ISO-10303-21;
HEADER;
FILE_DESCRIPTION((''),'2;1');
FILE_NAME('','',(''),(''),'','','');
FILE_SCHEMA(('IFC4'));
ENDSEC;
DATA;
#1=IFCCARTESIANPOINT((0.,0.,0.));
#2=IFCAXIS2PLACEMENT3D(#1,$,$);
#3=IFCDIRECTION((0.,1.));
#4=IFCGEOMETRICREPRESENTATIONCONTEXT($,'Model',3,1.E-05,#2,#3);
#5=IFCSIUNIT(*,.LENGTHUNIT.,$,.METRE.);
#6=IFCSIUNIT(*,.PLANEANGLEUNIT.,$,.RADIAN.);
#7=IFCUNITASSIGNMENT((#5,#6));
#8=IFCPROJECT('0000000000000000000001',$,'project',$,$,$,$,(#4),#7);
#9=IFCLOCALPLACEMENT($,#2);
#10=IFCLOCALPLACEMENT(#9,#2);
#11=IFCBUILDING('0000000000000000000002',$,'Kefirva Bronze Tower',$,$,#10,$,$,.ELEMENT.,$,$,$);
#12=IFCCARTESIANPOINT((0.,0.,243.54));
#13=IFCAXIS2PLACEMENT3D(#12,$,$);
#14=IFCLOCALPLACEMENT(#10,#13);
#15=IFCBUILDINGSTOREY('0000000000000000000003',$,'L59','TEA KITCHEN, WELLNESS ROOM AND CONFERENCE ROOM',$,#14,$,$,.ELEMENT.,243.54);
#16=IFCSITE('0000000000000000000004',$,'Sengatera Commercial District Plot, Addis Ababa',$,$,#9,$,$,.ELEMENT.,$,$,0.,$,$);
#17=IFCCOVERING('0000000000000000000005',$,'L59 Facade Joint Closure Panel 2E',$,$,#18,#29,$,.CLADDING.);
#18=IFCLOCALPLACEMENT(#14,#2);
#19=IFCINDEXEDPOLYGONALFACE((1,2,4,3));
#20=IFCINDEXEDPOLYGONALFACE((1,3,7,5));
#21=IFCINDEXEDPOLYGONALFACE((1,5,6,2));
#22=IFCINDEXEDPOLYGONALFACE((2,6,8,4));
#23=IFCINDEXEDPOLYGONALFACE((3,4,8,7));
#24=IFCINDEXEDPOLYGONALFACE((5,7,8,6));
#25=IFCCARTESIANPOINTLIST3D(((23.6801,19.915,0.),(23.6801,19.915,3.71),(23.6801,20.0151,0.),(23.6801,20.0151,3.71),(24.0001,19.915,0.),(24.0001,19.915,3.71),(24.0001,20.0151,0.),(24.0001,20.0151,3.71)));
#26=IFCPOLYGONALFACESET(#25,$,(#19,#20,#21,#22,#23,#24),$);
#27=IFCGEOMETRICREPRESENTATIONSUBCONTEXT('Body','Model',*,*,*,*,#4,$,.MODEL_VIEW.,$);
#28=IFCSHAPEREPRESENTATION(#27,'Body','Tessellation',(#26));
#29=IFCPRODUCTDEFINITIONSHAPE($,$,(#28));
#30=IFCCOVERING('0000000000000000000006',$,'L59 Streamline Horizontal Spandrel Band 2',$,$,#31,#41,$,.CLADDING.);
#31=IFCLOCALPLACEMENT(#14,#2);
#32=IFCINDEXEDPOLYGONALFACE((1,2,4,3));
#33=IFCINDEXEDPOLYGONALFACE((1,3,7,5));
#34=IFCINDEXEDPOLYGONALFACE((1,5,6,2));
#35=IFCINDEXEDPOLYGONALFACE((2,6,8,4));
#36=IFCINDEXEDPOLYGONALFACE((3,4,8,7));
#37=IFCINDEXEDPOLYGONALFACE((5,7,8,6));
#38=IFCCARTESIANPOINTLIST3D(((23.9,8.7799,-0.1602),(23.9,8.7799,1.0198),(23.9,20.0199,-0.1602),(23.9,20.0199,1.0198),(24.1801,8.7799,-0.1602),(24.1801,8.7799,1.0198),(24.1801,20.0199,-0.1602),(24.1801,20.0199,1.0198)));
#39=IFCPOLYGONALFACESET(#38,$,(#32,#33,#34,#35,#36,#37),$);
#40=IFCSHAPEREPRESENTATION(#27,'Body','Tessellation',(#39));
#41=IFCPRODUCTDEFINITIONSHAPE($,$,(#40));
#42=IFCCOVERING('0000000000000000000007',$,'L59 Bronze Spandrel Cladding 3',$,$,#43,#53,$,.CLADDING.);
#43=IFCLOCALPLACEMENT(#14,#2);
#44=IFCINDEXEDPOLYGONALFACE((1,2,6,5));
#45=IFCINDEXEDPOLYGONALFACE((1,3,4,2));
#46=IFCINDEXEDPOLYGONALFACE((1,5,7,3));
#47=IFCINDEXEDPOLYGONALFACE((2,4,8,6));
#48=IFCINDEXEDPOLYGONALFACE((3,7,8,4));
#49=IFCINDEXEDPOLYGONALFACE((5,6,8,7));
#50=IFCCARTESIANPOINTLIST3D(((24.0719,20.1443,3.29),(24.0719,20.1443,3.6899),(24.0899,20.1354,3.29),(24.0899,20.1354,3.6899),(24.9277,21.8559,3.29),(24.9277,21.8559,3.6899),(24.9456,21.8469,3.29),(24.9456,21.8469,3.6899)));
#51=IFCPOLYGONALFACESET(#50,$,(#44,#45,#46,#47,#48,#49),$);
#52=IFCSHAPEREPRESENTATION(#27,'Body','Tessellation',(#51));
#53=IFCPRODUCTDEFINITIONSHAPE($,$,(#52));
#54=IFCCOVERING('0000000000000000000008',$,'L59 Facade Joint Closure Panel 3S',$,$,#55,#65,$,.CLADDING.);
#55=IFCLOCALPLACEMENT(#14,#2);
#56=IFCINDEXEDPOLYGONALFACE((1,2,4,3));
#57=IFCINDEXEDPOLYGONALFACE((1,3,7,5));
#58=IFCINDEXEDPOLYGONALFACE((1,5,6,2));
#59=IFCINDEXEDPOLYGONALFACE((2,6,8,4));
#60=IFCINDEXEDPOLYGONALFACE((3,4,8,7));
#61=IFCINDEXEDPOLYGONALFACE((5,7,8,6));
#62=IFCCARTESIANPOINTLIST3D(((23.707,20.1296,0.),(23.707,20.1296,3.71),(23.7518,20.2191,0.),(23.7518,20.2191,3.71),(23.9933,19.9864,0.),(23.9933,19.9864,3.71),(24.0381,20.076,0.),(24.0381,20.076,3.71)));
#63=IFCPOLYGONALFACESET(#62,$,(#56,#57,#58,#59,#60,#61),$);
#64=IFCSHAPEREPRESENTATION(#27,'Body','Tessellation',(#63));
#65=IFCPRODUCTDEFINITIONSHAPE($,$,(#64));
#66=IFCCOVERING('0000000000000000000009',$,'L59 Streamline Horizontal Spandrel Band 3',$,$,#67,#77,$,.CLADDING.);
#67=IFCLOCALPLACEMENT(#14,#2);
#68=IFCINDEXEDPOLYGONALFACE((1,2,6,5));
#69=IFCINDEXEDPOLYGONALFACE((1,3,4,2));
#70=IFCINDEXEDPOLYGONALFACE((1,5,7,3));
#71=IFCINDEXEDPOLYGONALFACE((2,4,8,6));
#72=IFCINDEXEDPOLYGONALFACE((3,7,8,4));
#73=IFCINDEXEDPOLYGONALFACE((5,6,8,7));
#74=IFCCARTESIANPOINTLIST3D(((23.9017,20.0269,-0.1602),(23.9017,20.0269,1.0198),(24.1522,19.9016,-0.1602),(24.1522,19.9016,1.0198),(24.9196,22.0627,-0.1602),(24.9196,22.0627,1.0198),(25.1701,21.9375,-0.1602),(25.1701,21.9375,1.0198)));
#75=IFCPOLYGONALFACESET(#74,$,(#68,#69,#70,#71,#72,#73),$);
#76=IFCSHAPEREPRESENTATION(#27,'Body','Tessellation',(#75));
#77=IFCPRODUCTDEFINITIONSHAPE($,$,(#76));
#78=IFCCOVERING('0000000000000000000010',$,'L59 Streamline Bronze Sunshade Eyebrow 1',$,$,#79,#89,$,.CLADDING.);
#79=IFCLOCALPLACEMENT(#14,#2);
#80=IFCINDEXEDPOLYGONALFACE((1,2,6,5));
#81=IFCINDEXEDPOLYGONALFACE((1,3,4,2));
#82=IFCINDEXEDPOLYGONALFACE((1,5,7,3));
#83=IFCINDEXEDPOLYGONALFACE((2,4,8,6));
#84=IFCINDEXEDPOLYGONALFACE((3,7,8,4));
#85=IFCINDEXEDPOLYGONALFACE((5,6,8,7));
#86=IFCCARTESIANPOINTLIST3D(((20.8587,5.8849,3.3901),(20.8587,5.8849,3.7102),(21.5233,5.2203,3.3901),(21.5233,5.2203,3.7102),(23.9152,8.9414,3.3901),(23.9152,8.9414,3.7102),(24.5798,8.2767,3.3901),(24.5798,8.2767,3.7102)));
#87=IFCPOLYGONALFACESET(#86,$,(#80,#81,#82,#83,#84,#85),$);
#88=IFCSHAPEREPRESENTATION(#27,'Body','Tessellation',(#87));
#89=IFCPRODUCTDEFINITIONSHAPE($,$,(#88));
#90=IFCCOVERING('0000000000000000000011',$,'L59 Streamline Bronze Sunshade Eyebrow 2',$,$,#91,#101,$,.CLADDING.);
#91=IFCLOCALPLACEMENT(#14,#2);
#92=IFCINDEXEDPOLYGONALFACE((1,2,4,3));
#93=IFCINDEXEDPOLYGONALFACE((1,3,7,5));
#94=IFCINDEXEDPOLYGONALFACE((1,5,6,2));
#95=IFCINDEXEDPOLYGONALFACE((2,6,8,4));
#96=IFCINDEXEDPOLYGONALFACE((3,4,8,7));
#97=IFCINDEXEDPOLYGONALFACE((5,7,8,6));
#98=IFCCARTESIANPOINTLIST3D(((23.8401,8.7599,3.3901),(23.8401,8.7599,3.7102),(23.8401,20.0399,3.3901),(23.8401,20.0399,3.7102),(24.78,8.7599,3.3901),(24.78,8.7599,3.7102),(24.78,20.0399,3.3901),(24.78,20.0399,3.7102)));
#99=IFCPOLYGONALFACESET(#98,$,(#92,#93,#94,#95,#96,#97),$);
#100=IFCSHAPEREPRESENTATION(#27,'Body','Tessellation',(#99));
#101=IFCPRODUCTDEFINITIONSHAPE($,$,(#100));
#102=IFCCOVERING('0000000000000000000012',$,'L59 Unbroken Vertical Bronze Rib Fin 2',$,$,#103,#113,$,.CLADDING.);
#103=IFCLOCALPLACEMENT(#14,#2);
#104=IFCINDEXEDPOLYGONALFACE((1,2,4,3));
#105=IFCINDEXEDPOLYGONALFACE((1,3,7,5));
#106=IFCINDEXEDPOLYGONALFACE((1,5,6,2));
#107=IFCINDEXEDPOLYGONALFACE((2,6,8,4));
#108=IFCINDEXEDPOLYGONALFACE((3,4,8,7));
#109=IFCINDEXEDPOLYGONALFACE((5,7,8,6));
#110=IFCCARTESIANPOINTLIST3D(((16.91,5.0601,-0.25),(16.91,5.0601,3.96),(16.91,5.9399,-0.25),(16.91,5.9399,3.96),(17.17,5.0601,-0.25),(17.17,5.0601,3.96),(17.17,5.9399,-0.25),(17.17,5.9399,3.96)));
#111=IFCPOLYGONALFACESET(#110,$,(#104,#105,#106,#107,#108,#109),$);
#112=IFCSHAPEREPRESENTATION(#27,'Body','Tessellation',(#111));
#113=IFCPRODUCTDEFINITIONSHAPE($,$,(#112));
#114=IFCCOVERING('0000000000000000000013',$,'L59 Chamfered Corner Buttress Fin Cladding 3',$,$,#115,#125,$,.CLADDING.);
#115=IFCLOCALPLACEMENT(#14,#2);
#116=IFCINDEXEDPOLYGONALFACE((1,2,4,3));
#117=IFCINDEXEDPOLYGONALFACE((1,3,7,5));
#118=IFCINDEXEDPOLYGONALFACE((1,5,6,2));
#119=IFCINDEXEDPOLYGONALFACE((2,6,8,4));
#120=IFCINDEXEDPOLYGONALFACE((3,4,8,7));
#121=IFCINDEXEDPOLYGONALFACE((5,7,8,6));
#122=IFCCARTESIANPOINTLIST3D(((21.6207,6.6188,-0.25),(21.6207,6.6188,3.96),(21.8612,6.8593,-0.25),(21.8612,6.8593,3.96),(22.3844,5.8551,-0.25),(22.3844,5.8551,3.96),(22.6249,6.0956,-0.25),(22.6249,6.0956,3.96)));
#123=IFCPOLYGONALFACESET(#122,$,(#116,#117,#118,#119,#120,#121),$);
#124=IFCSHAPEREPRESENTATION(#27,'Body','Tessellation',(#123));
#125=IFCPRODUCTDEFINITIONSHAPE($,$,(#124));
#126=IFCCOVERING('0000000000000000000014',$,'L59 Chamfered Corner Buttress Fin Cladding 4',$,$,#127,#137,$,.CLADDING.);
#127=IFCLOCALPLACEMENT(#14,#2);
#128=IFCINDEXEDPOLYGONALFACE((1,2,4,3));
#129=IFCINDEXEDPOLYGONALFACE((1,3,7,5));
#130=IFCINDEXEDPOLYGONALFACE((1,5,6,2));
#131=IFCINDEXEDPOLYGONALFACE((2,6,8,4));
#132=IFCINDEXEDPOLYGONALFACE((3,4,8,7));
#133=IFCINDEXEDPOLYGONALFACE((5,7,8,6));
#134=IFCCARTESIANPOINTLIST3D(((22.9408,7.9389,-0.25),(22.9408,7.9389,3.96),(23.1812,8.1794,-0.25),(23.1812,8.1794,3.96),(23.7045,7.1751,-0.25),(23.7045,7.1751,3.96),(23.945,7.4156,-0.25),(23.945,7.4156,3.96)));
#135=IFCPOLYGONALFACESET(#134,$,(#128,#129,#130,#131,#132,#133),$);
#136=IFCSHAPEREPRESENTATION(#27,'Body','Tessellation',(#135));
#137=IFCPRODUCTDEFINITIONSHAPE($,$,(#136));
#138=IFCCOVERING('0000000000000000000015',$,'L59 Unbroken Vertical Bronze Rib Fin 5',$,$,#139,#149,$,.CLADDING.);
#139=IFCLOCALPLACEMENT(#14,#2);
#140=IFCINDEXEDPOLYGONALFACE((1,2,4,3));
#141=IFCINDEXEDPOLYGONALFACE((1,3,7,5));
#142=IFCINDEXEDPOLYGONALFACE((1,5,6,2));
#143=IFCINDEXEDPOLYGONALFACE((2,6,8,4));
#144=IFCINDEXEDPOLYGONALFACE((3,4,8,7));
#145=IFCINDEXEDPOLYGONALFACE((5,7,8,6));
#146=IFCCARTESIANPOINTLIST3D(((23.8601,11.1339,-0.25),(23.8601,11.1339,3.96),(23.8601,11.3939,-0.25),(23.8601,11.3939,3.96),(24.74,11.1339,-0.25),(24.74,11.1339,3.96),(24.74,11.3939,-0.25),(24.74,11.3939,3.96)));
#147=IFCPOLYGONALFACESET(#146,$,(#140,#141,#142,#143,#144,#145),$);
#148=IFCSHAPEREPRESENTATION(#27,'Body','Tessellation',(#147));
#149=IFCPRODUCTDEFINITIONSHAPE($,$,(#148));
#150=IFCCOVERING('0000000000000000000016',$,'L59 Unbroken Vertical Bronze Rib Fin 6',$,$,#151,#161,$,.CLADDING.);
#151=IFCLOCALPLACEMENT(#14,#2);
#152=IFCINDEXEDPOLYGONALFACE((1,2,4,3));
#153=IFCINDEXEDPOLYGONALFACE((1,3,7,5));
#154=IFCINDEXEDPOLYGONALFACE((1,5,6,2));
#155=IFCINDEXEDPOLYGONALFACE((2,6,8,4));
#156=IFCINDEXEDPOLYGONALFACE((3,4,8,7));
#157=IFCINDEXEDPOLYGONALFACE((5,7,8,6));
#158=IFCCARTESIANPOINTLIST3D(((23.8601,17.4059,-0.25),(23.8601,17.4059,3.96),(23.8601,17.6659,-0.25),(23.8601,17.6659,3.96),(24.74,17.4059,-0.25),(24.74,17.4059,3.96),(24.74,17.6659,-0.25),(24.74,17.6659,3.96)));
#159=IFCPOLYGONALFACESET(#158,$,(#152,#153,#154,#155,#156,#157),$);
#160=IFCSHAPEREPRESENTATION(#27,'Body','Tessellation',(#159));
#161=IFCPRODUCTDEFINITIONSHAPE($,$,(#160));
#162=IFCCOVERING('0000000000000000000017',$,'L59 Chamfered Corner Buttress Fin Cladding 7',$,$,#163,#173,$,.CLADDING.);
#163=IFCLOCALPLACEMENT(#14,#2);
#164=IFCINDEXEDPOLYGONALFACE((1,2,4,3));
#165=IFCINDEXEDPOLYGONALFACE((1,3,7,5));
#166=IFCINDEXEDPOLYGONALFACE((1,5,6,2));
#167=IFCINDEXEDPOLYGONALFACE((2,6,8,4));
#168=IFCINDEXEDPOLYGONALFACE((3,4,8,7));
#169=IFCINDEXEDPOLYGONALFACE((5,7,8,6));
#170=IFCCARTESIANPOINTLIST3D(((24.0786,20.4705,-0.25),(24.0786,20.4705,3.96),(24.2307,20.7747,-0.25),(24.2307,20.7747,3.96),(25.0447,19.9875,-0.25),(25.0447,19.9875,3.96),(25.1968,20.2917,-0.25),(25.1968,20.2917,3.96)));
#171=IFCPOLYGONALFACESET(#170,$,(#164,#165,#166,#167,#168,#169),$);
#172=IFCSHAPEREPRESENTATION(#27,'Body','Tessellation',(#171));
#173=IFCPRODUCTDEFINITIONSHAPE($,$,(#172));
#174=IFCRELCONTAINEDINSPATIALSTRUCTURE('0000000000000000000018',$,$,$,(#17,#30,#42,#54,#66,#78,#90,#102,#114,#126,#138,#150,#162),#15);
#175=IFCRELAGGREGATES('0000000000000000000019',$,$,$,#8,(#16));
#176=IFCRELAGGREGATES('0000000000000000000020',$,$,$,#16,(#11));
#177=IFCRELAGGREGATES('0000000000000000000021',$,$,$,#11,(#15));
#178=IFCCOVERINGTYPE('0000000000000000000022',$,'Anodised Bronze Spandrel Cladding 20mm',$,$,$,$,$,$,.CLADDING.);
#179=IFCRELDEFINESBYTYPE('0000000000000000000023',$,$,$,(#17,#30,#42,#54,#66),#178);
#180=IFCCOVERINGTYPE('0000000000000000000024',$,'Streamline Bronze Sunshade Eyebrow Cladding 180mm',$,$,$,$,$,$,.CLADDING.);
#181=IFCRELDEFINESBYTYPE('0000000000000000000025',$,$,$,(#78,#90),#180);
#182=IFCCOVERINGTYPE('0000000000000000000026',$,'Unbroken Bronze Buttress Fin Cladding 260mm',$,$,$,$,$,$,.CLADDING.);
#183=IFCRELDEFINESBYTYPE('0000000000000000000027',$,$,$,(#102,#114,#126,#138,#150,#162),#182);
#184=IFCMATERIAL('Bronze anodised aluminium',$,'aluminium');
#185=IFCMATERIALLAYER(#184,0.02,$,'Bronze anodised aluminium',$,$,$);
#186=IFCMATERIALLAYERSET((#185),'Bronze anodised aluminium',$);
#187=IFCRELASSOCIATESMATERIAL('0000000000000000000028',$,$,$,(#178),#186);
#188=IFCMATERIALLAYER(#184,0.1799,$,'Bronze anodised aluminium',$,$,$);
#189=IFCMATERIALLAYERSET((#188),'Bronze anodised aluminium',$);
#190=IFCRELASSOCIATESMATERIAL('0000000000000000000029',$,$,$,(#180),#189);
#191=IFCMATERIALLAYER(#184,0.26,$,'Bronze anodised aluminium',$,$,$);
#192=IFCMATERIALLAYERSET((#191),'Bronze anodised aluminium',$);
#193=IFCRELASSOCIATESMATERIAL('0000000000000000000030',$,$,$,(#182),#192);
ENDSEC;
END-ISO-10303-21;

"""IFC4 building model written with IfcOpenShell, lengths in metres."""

from ifc_helpers import new_model, si_unit, direction, frame, origin, origin_2d, place, context, subcontext, project, spatial, rectangle, extrude, material, layer, layer_set, type_object, element, save


model = new_model("IFC4")

# Units and contexts
model_context = context("Model", 3, precision=1e-05, world=origin(), true_north=direction((0.0, 1.0)))
body_context = subcontext(model_context, "Body", "Model", "MODEL_VIEW")
ifc_project = project(units=[si_unit("LENGTHUNIT", "METRE"), si_unit("PLANEANGLEUNIT", "RADIAN")], contexts=[model_context])

# Site, building, storey
site_placement = place(None, origin())
site = spatial("IfcSite", under=ifc_project, at=site_placement, Name="Sengatera Commercial District Plot, Addis Ababa", CompositionType="ELEMENT", RefElevation=0.0)
building_placement = place(site_placement, origin())
building = spatial("IfcBuilding", under=site, at=building_placement, Name="Kefirva Bronze Tower", CompositionType="ELEMENT")
storey_placement = place(building_placement, frame((0.0, 0.0, 243.54)))
storey = spatial("IfcBuildingStorey", under=building, at=storey_placement, Name="L59", Description="TEA KITCHEN, WELLNESS ROOM AND CONFERENCE ROOM", CompositionType="ELEMENT", Elevation=243.54)

# Shared definitions
ifc_material_1 = material(Name="Bronze anodised aluminium", Category="aluminium")

# Coverings
ifc_layer_1 = layer(ifc_material_1, 0.02, Name="Bronze anodised aluminium")
ifc_layer_set_1 = layer_set([ifc_layer_1], Name="Bronze anodised aluminium")
covering_type_1 = type_object("IfcCoveringType", Name="Anodised Bronze Spandrel Cladding 20mm", PredefinedType="CLADDING", material=ifc_layer_set_1)
for number, where, z_axis, x_axis, name in (
    (1, (23.8401, 19.9651, 0.0), (0.0, 0.0, 1.0), (0.0, 1.0, 0.0), "L59 Facade Joint Closure Panel 2E"),
):
    element("IfcCovering", number, at=place(storey_placement, frame(where, z_axis=z_axis, x_axis=x_axis)), inside=storey, type_object=covering_type_1, Name=name, PredefinedType="CLADDING", context=body_context, shape_type="SweptSolid", body=[
        extrude(rectangle(XDim=0.1001, YDim=0.3201, at=origin_2d()), origin(), (0.0, 0.0, 1.0), 3.71),
    ])
covering_1_placement = place(storey_placement, frame((24.04, 14.3999, -0.1602), z_axis=(0.0, 0.0, 1.0), x_axis=(0.0, 1.0, 0.0)))
element("IfcCovering", 2, at=covering_1_placement, inside=storey, type_object=covering_type_1, Name="L59 Streamline Horizontal Spandrel Band 2", PredefinedType="CLADDING", context=body_context, shape_type="SweptSolid", body=[
    extrude(rectangle(XDim=11.24, YDim=0.28, at=origin_2d()), origin(), (0.0, 0.0, 1.0), 1.1799),
])
covering_2_placement = place(storey_placement, frame((24.5088, 20.9956, 3.29), z_axis=(0.0, 0.0, 1.0), x_axis=(0.447214, 0.894427, 0.0)))
element("IfcCovering", 3, at=covering_2_placement, inside=storey, type_object=covering_type_1, Name="L59 Bronze Spandrel Cladding 3", PredefinedType="CLADDING", context=body_context, shape_type="SweptSolid", body=[
    extrude(rectangle(XDim=1.9136, YDim=0.02, at=origin_2d()), origin(), (0.0, 0.0, 1.0), 0.3999),
])
covering_3_placement = place(storey_placement, frame((23.8726, 20.1028, 0.0), z_axis=(0.0, 0.0, 1.0), x_axis=(0.447214, 0.894427, 0.0)))
element("IfcCovering", 4, at=covering_3_placement, inside=storey, type_object=covering_type_1, Name="L59 Facade Joint Closure Panel 3S", PredefinedType="CLADDING", context=body_context, shape_type="SweptSolid", body=[
    extrude(rectangle(XDim=0.1001, YDim=0.3201, at=origin_2d()), origin(), (0.0, 0.0, 1.0), 3.71),
])
covering_4_placement = place(storey_placement, frame((24.5359, 20.9822, -0.1602), z_axis=(0.0, 0.0, 1.0), x_axis=(0.447214, 0.894427, 0.0)))
element("IfcCovering", 5, at=covering_4_placement, inside=storey, type_object=covering_type_1, Name="L59 Streamline Horizontal Spandrel Band 3", PredefinedType="CLADDING", context=body_context, shape_type="SweptSolid", body=[
    extrude(rectangle(XDim=2.2761, YDim=0.28, at=origin_2d()), origin(), (0.0, 0.0, 1.0), 1.1799),
])
ifc_layer_2 = layer(ifc_material_1, 0.1799, Name="Bronze anodised aluminium")
ifc_layer_set_2 = layer_set([ifc_layer_2], Name="Bronze anodised aluminium")
covering_type_2 = type_object("IfcCoveringType", Name="Streamline Bronze Sunshade Eyebrow Cladding 180mm", PredefinedType="CLADDING", material=ifc_layer_set_2)
covering_5_placement = place(storey_placement, frame((22.7192, 7.0808, 3.3901), z_axis=(0.0, 0.0, 1.0), x_axis=(0.707107, 0.707107, 0.0)))
element("IfcCovering", 6, at=covering_5_placement, inside=storey, type_object=covering_type_2, Name="L59 Streamline Bronze Sunshade Eyebrow 1", PredefinedType="CLADDING", context=body_context, shape_type="SweptSolid", body=[
    extrude(rectangle(XDim=4.3225, YDim=0.9399, at=origin_2d()), origin(), (0.0, 0.0, 1.0), 0.3201),
])
covering_6_placement = place(storey_placement, frame((24.3101, 14.3999, 3.3901), z_axis=(0.0, 0.0, 1.0), x_axis=(0.0, 1.0, 0.0)))
element("IfcCovering", 7, at=covering_6_placement, inside=storey, type_object=covering_type_2, Name="L59 Streamline Bronze Sunshade Eyebrow 2", PredefinedType="CLADDING", context=body_context, shape_type="SweptSolid", body=[
    extrude(rectangle(XDim=11.28, YDim=0.9399, at=origin_2d()), origin(), (0.0, 0.0, 1.0), 0.3201),
])
ifc_layer_3 = layer(ifc_material_1, 0.26, Name="Bronze anodised aluminium")
ifc_layer_set_3 = layer_set([ifc_layer_3], Name="Bronze anodised aluminium")
covering_type_3 = type_object("IfcCoveringType", Name="Unbroken Bronze Buttress Fin Cladding 260mm", PredefinedType="CLADDING", material=ifc_layer_set_3)
covering_7_placement = place(storey_placement, frame((17.04, 5.5, -0.25), z_axis=(0.0, 0.0, 1.0), x_axis=(1.0, 0.0, 0.0)))
element("IfcCovering", 8, at=covering_7_placement, inside=storey, type_object=covering_type_3, Name="L59 Unbroken Vertical Bronze Rib Fin 2", PredefinedType="CLADDING", context=body_context, shape_type="SweptSolid", body=[
    extrude(rectangle(XDim=0.26, YDim=0.8799, at=origin_2d()), origin(), (0.0, 0.0, 1.0), 4.21),
])
for number, where, z_axis, x_axis, name in (
    (9, (22.1228, 6.3572, -0.25), (0.0, 0.0, 1.0), (0.707107, 0.707107, 0.0), "L59 Chamfered Corner Buttress Fin Cladding 3"),
    (10, (23.4429, 7.6772, -0.25), (0.0, 0.0, 1.0), (0.707107, 0.707107, 0.0), "L59 Chamfered Corner Buttress Fin Cladding 4"),
):
    element("IfcCovering", number, at=place(storey_placement, frame(where, z_axis=z_axis, x_axis=x_axis)), inside=storey, type_object=covering_type_3, Name=name, PredefinedType="CLADDING", context=body_context, shape_type="SweptSolid", body=[
        extrude(rectangle(XDim=0.3401, YDim=1.0801, at=origin_2d()), origin(), (0.0, 0.0, 1.0), 4.21),
    ])
for number, where, z_axis, x_axis, name in (
    (11, (24.3, 11.2639, -0.25), (0.0, 0.0, 1.0), (0.0, 1.0, 0.0), "L59 Unbroken Vertical Bronze Rib Fin 5"),
    (12, (24.3, 17.5359, -0.25), (0.0, 0.0, 1.0), (0.0, 1.0, 0.0), "L59 Unbroken Vertical Bronze Rib Fin 6"),
):
    element("IfcCovering", number, at=place(storey_placement, frame(where, z_axis=z_axis, x_axis=x_axis)), inside=storey, type_object=covering_type_3, Name=name, PredefinedType="CLADDING", context=body_context, shape_type="SweptSolid", body=[
        extrude(rectangle(XDim=0.26, YDim=0.8799, at=origin_2d()), origin(), (0.0, 0.0, 1.0), 4.21),
    ])
covering_8_placement = place(storey_placement, frame((24.6377, 20.3811, -0.25), z_axis=(0.0, 0.0, 1.0), x_axis=(0.447214, 0.894427, 0.0)))
element("IfcCovering", 13, at=covering_8_placement, inside=storey, type_object=covering_type_3, Name="L59 Chamfered Corner Buttress Fin Cladding 7", PredefinedType="CLADDING", context=body_context, shape_type="SweptSolid", body=[
    extrude(rectangle(XDim=0.3401, YDim=1.0801, at=origin_2d()), origin(), (0.0, 0.0, 1.0), 4.21),
])

save(model, "model.ifc")
